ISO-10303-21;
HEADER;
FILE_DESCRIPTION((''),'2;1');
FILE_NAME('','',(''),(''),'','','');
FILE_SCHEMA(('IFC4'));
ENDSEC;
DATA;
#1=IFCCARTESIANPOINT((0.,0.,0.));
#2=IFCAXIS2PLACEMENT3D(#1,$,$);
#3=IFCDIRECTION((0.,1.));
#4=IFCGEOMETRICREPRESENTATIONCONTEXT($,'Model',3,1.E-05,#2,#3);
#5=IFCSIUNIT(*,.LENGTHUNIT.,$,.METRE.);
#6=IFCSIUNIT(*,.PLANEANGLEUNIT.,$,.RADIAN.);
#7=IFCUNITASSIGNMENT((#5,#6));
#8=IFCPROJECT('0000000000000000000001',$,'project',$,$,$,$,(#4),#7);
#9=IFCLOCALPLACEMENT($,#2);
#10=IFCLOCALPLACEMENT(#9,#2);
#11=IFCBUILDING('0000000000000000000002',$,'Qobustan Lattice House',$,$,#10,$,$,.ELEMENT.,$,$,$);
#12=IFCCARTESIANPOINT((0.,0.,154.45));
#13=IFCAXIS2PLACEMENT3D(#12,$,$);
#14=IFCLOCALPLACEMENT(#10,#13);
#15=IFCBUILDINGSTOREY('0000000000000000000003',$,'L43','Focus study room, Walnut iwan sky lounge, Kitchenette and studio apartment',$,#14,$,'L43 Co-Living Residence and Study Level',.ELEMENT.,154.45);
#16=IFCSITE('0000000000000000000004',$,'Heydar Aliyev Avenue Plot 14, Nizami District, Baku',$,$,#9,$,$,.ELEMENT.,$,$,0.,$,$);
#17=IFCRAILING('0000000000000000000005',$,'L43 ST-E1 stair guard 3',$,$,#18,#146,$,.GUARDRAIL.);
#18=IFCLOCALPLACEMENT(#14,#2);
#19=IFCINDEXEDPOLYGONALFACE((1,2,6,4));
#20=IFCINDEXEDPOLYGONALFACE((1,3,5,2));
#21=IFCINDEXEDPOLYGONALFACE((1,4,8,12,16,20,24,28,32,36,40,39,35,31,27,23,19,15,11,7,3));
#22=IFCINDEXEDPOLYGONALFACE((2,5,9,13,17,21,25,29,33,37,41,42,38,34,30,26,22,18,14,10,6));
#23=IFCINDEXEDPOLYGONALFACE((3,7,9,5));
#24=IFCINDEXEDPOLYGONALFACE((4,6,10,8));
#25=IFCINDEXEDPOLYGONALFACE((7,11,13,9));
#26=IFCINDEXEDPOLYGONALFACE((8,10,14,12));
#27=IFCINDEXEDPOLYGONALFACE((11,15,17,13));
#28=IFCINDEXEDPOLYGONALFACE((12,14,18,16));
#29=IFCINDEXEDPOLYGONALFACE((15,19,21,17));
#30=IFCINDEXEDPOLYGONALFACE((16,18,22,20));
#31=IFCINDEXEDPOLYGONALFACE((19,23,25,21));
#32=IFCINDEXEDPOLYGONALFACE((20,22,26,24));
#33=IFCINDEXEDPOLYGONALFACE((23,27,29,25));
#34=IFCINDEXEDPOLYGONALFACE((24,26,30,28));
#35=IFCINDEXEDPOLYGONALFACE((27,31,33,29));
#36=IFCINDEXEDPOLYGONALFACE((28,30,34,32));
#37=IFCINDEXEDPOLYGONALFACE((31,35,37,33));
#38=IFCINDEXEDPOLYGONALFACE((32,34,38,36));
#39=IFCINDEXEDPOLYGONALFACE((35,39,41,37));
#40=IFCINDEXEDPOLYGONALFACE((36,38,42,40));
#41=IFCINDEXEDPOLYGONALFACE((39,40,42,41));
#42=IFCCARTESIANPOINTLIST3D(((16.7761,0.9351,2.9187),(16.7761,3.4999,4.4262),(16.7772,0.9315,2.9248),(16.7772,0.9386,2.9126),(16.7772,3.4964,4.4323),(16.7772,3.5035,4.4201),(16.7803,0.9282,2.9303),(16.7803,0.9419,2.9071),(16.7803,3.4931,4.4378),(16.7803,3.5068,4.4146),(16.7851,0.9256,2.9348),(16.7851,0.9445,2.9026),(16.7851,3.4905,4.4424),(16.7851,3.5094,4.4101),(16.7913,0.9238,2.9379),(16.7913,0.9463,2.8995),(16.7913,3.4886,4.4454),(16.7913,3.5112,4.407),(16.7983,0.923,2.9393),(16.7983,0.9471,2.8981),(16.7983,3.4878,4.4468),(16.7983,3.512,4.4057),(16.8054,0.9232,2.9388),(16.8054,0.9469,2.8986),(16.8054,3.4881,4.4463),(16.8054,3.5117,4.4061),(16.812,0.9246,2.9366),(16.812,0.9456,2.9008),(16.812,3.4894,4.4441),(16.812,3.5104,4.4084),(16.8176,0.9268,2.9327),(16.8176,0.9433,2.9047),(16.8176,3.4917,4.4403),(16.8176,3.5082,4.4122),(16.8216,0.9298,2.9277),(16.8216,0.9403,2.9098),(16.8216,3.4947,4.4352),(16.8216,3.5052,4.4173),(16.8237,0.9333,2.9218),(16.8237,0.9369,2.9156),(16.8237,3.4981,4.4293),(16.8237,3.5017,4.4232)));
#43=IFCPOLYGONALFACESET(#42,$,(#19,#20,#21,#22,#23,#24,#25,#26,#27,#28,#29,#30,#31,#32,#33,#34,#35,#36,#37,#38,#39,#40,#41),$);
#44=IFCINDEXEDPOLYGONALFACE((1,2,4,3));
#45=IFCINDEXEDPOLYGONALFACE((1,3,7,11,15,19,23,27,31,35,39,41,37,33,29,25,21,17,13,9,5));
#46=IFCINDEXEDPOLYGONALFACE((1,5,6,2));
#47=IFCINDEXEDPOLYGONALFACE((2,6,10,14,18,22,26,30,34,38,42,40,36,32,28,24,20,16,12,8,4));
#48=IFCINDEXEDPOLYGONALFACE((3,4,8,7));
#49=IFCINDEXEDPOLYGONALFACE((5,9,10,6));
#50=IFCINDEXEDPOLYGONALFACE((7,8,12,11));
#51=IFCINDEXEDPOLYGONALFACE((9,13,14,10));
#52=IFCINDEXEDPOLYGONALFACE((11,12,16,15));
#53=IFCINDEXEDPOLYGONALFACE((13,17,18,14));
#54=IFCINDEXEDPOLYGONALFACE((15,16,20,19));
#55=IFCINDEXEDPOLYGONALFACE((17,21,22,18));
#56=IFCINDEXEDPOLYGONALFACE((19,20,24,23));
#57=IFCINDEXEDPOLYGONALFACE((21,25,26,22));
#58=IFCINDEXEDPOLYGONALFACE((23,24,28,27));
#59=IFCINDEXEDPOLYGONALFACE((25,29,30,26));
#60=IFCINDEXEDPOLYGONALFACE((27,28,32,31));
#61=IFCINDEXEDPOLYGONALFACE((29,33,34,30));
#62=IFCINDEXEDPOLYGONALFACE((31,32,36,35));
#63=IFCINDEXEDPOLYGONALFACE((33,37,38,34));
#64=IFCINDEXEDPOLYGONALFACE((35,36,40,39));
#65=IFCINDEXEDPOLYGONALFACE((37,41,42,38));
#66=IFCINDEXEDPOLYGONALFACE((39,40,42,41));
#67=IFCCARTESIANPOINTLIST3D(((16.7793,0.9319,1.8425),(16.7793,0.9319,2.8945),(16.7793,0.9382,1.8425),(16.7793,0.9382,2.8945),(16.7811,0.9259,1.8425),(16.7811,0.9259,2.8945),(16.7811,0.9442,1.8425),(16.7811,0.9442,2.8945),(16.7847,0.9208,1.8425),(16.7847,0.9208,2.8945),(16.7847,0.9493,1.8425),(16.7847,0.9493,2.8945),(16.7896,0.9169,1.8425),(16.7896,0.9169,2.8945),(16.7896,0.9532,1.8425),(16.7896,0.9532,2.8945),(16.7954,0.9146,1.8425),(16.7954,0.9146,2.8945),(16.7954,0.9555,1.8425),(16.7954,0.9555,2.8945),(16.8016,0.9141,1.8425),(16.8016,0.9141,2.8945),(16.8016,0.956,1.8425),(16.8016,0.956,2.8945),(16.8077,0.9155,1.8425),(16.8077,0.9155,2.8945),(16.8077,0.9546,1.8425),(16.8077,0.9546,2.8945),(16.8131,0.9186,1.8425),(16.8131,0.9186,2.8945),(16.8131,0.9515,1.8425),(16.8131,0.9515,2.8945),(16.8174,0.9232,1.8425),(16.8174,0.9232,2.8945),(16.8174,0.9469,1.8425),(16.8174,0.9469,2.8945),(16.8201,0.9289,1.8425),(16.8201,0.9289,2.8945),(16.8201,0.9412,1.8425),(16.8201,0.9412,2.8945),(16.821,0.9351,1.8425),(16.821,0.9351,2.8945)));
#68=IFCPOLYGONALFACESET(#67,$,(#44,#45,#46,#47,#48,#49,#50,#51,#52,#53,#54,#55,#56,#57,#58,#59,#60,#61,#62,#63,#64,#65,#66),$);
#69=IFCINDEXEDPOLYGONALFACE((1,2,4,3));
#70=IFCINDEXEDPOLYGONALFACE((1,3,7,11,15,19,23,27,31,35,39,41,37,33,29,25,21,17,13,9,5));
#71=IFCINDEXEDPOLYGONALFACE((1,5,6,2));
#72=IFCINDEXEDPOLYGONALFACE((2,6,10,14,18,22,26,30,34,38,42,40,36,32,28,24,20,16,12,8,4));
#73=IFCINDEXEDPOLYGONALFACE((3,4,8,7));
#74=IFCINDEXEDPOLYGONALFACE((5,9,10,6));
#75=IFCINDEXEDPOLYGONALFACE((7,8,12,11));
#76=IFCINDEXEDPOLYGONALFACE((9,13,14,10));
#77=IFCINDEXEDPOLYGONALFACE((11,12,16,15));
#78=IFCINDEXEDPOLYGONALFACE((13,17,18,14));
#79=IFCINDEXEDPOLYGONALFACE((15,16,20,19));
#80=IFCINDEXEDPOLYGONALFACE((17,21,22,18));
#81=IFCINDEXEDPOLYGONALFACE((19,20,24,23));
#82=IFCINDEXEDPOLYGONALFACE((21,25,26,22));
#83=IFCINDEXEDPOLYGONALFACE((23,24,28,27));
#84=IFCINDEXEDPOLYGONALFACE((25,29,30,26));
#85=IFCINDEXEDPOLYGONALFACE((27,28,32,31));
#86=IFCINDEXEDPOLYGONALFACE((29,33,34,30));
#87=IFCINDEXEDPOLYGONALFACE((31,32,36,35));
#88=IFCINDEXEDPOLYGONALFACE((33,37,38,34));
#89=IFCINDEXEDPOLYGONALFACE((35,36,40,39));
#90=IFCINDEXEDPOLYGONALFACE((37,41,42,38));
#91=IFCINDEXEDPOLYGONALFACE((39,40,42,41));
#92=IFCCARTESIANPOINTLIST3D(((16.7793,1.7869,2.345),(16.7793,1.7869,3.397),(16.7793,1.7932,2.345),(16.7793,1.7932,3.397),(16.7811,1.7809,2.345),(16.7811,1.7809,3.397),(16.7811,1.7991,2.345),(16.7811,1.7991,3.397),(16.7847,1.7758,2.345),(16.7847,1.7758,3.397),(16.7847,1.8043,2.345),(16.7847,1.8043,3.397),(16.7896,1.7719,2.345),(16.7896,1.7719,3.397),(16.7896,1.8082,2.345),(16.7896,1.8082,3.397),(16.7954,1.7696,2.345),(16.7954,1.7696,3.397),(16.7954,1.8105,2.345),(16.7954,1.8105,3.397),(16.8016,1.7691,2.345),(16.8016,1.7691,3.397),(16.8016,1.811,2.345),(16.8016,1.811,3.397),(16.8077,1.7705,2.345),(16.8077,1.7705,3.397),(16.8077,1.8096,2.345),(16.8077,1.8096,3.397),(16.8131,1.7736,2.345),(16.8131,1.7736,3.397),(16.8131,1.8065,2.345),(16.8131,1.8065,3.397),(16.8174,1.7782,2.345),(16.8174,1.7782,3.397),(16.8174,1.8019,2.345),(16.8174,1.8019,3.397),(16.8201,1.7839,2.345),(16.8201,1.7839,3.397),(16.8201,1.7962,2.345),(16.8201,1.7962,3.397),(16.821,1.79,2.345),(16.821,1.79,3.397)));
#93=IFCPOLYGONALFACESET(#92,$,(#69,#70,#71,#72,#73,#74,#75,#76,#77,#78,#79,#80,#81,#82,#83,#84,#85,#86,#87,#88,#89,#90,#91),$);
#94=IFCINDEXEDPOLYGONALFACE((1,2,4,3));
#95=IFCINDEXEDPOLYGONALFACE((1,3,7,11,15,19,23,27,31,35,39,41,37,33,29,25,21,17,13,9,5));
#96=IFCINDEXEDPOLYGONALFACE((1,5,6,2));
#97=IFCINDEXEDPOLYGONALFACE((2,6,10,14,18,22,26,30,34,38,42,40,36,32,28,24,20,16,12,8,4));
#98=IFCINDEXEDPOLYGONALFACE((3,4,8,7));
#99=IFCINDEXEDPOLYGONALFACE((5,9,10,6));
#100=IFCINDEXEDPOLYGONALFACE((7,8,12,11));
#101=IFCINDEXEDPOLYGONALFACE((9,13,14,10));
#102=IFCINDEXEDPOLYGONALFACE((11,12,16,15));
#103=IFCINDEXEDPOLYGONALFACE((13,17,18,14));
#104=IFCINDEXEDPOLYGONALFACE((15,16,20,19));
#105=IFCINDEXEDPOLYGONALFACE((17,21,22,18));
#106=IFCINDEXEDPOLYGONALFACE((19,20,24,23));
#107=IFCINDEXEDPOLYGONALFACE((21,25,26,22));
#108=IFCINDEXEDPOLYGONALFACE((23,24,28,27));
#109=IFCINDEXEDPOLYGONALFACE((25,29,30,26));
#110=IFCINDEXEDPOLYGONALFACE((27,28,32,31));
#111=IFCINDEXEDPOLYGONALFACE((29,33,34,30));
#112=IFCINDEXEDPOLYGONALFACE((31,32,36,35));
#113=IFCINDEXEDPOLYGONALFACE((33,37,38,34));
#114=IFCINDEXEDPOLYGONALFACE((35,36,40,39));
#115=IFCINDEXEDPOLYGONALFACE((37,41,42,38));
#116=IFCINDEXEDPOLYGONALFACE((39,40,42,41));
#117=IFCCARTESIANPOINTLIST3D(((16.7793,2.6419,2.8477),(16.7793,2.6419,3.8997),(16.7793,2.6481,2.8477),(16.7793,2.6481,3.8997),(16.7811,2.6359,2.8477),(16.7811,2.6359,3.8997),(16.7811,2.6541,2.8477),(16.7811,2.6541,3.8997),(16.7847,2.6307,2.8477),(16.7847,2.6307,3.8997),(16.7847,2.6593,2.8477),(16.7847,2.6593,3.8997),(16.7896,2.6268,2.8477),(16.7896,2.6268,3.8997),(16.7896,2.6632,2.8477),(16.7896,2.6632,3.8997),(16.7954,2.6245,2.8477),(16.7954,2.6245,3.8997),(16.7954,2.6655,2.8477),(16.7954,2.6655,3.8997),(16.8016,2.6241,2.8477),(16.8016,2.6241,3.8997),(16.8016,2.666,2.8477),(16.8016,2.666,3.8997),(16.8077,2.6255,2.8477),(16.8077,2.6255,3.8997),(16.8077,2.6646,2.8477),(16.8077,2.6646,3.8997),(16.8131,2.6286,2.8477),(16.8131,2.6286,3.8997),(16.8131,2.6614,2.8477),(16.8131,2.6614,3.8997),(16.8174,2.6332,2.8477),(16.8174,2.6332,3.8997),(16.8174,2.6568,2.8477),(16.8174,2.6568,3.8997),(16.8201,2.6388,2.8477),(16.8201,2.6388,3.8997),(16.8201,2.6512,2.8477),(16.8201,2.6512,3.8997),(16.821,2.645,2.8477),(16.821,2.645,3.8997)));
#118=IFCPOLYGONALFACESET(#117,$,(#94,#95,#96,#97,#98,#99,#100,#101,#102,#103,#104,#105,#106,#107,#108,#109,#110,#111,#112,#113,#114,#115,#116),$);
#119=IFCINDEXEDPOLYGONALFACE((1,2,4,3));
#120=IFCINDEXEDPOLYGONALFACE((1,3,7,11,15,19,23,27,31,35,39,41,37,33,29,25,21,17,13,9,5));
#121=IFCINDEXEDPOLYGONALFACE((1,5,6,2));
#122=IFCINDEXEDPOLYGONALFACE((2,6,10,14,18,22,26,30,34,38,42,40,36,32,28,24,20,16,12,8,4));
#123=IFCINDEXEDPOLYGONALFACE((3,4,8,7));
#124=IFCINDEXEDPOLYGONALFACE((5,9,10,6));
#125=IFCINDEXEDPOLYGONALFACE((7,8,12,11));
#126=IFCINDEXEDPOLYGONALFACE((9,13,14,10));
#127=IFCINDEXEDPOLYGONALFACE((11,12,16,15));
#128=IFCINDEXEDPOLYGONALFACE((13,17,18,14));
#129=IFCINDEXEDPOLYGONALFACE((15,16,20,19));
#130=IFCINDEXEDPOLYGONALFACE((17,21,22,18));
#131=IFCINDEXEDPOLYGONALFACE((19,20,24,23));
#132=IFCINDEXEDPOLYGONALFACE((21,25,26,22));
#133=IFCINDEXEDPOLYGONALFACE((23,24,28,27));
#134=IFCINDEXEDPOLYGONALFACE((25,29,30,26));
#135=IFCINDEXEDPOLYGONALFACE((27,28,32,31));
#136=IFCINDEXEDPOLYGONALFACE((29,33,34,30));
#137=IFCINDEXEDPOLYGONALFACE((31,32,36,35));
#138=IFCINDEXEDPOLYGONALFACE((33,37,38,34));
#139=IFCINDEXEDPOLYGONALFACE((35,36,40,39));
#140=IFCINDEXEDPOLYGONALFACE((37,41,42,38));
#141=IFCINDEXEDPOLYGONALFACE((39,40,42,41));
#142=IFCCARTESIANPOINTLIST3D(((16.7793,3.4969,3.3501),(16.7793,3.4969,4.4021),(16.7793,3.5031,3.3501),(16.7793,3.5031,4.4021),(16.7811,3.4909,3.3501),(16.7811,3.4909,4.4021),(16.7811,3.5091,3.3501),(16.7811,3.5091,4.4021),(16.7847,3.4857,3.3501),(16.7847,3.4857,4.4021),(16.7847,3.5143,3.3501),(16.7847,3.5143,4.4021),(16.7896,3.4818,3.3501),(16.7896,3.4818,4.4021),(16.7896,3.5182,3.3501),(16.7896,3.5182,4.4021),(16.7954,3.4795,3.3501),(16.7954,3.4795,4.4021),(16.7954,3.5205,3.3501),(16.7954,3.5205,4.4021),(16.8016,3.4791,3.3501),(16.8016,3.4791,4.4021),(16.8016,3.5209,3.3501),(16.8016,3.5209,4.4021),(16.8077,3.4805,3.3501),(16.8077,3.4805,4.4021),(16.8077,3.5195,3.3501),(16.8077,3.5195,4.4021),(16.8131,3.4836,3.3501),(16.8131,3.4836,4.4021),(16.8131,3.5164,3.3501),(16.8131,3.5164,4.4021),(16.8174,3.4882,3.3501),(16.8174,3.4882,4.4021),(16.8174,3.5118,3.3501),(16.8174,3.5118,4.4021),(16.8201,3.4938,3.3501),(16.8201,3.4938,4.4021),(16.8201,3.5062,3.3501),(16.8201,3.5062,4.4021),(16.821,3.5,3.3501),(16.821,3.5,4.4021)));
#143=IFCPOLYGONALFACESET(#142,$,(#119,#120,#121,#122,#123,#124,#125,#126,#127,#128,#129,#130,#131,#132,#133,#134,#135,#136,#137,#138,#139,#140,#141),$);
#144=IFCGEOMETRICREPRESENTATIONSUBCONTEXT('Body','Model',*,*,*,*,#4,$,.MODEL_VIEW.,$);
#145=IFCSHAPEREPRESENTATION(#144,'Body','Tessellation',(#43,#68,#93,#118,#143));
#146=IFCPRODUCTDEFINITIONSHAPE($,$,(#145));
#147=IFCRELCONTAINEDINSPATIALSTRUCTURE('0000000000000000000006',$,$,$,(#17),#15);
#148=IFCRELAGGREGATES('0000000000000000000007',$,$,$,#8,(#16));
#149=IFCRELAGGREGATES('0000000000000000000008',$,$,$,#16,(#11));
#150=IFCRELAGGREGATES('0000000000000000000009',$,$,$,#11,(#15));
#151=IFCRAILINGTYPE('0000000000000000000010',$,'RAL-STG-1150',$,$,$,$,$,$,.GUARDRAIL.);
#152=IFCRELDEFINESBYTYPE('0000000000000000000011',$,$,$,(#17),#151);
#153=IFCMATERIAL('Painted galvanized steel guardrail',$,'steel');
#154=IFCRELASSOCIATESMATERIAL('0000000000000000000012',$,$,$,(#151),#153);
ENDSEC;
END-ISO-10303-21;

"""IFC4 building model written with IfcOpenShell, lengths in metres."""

from ifc_helpers import new_model, si_unit, direction, frame, origin, origin_2d, place, context, subcontext, project, spatial, circle, extrude, material, type_object, element, save


model = new_model("IFC4")

# Units and contexts
model_context = context("Model", 3, precision=1e-05, world=origin(), true_north=direction((0.0, 1.0)))
body_context = subcontext(model_context, "Body", "Model", "MODEL_VIEW")
ifc_project = project(units=[si_unit("LENGTHUNIT", "METRE"), si_unit("PLANEANGLEUNIT", "RADIAN")], contexts=[model_context])

# Site, building, storey
site_placement = place(None, origin())
site = spatial("IfcSite", under=ifc_project, at=site_placement, Name="Heydar Aliyev Avenue Plot 14, Nizami District, Baku", CompositionType="ELEMENT", RefElevation=0.0)
building_placement = place(site_placement, origin())
building = spatial("IfcBuilding", under=site, at=building_placement, Name="Qobustan Lattice House", CompositionType="ELEMENT")
storey_placement = place(building_placement, frame((0.0, 0.0, 154.45)))
storey = spatial("IfcBuildingStorey", under=building, at=storey_placement, Name="L43", Description="Focus study room, Walnut iwan sky lounge, Kitchenette and studio apartment", LongName="L43 Co-Living Residence and Study Level", CompositionType="ELEMENT", Elevation=154.45)

# Railing
ifc_material_1 = material(Name="Painted galvanized steel guardrail", Category="steel")
railing_type_1 = type_object("IfcRailingType", Name="RAL-STG-1150", PredefinedType="GUARDRAIL", material=ifc_material_1)
railing_1_placement = place(storey_placement, frame((16.8, 0.9351, 1.8425)))
element("IfcRailing", 1, at=railing_1_placement, inside=storey, type_object=railing_type_1, Name="L43 ST-E1 stair guard 3", PredefinedType="GUARDRAIL", context=body_context, shape_type="SweptSolid", body=[
    extrude(circle(Radius=0.0239, at=origin_2d()), frame((0.0, 0.0, 1.0762), z_axis=(0.0, 0.862113, 0.506715), x_axis=(-1.0, 0.0, 0.0)), (0.0, 0.0, 1.0), 2.9751),
    extrude(circle(Radius=0.021, at=origin_2d()), origin(), (0.0, 0.0, 1.0), 1.052),
    extrude(circle(Radius=0.021, at=origin_2d()), frame((0.0, 0.855, 0.5024)), (0.0, 0.0, 1.0), 1.052),
    extrude(circle(Radius=0.021, at=origin_2d()), frame((0.0, 1.71, 1.0051)), (0.0, 0.0, 1.0), 1.052),
    extrude(circle(Radius=0.021, at=origin_2d()), frame((0.0, 2.5649, 1.5076)), (0.0, 0.0, 1.0), 1.052),
])

save(model, "model.ifc")
